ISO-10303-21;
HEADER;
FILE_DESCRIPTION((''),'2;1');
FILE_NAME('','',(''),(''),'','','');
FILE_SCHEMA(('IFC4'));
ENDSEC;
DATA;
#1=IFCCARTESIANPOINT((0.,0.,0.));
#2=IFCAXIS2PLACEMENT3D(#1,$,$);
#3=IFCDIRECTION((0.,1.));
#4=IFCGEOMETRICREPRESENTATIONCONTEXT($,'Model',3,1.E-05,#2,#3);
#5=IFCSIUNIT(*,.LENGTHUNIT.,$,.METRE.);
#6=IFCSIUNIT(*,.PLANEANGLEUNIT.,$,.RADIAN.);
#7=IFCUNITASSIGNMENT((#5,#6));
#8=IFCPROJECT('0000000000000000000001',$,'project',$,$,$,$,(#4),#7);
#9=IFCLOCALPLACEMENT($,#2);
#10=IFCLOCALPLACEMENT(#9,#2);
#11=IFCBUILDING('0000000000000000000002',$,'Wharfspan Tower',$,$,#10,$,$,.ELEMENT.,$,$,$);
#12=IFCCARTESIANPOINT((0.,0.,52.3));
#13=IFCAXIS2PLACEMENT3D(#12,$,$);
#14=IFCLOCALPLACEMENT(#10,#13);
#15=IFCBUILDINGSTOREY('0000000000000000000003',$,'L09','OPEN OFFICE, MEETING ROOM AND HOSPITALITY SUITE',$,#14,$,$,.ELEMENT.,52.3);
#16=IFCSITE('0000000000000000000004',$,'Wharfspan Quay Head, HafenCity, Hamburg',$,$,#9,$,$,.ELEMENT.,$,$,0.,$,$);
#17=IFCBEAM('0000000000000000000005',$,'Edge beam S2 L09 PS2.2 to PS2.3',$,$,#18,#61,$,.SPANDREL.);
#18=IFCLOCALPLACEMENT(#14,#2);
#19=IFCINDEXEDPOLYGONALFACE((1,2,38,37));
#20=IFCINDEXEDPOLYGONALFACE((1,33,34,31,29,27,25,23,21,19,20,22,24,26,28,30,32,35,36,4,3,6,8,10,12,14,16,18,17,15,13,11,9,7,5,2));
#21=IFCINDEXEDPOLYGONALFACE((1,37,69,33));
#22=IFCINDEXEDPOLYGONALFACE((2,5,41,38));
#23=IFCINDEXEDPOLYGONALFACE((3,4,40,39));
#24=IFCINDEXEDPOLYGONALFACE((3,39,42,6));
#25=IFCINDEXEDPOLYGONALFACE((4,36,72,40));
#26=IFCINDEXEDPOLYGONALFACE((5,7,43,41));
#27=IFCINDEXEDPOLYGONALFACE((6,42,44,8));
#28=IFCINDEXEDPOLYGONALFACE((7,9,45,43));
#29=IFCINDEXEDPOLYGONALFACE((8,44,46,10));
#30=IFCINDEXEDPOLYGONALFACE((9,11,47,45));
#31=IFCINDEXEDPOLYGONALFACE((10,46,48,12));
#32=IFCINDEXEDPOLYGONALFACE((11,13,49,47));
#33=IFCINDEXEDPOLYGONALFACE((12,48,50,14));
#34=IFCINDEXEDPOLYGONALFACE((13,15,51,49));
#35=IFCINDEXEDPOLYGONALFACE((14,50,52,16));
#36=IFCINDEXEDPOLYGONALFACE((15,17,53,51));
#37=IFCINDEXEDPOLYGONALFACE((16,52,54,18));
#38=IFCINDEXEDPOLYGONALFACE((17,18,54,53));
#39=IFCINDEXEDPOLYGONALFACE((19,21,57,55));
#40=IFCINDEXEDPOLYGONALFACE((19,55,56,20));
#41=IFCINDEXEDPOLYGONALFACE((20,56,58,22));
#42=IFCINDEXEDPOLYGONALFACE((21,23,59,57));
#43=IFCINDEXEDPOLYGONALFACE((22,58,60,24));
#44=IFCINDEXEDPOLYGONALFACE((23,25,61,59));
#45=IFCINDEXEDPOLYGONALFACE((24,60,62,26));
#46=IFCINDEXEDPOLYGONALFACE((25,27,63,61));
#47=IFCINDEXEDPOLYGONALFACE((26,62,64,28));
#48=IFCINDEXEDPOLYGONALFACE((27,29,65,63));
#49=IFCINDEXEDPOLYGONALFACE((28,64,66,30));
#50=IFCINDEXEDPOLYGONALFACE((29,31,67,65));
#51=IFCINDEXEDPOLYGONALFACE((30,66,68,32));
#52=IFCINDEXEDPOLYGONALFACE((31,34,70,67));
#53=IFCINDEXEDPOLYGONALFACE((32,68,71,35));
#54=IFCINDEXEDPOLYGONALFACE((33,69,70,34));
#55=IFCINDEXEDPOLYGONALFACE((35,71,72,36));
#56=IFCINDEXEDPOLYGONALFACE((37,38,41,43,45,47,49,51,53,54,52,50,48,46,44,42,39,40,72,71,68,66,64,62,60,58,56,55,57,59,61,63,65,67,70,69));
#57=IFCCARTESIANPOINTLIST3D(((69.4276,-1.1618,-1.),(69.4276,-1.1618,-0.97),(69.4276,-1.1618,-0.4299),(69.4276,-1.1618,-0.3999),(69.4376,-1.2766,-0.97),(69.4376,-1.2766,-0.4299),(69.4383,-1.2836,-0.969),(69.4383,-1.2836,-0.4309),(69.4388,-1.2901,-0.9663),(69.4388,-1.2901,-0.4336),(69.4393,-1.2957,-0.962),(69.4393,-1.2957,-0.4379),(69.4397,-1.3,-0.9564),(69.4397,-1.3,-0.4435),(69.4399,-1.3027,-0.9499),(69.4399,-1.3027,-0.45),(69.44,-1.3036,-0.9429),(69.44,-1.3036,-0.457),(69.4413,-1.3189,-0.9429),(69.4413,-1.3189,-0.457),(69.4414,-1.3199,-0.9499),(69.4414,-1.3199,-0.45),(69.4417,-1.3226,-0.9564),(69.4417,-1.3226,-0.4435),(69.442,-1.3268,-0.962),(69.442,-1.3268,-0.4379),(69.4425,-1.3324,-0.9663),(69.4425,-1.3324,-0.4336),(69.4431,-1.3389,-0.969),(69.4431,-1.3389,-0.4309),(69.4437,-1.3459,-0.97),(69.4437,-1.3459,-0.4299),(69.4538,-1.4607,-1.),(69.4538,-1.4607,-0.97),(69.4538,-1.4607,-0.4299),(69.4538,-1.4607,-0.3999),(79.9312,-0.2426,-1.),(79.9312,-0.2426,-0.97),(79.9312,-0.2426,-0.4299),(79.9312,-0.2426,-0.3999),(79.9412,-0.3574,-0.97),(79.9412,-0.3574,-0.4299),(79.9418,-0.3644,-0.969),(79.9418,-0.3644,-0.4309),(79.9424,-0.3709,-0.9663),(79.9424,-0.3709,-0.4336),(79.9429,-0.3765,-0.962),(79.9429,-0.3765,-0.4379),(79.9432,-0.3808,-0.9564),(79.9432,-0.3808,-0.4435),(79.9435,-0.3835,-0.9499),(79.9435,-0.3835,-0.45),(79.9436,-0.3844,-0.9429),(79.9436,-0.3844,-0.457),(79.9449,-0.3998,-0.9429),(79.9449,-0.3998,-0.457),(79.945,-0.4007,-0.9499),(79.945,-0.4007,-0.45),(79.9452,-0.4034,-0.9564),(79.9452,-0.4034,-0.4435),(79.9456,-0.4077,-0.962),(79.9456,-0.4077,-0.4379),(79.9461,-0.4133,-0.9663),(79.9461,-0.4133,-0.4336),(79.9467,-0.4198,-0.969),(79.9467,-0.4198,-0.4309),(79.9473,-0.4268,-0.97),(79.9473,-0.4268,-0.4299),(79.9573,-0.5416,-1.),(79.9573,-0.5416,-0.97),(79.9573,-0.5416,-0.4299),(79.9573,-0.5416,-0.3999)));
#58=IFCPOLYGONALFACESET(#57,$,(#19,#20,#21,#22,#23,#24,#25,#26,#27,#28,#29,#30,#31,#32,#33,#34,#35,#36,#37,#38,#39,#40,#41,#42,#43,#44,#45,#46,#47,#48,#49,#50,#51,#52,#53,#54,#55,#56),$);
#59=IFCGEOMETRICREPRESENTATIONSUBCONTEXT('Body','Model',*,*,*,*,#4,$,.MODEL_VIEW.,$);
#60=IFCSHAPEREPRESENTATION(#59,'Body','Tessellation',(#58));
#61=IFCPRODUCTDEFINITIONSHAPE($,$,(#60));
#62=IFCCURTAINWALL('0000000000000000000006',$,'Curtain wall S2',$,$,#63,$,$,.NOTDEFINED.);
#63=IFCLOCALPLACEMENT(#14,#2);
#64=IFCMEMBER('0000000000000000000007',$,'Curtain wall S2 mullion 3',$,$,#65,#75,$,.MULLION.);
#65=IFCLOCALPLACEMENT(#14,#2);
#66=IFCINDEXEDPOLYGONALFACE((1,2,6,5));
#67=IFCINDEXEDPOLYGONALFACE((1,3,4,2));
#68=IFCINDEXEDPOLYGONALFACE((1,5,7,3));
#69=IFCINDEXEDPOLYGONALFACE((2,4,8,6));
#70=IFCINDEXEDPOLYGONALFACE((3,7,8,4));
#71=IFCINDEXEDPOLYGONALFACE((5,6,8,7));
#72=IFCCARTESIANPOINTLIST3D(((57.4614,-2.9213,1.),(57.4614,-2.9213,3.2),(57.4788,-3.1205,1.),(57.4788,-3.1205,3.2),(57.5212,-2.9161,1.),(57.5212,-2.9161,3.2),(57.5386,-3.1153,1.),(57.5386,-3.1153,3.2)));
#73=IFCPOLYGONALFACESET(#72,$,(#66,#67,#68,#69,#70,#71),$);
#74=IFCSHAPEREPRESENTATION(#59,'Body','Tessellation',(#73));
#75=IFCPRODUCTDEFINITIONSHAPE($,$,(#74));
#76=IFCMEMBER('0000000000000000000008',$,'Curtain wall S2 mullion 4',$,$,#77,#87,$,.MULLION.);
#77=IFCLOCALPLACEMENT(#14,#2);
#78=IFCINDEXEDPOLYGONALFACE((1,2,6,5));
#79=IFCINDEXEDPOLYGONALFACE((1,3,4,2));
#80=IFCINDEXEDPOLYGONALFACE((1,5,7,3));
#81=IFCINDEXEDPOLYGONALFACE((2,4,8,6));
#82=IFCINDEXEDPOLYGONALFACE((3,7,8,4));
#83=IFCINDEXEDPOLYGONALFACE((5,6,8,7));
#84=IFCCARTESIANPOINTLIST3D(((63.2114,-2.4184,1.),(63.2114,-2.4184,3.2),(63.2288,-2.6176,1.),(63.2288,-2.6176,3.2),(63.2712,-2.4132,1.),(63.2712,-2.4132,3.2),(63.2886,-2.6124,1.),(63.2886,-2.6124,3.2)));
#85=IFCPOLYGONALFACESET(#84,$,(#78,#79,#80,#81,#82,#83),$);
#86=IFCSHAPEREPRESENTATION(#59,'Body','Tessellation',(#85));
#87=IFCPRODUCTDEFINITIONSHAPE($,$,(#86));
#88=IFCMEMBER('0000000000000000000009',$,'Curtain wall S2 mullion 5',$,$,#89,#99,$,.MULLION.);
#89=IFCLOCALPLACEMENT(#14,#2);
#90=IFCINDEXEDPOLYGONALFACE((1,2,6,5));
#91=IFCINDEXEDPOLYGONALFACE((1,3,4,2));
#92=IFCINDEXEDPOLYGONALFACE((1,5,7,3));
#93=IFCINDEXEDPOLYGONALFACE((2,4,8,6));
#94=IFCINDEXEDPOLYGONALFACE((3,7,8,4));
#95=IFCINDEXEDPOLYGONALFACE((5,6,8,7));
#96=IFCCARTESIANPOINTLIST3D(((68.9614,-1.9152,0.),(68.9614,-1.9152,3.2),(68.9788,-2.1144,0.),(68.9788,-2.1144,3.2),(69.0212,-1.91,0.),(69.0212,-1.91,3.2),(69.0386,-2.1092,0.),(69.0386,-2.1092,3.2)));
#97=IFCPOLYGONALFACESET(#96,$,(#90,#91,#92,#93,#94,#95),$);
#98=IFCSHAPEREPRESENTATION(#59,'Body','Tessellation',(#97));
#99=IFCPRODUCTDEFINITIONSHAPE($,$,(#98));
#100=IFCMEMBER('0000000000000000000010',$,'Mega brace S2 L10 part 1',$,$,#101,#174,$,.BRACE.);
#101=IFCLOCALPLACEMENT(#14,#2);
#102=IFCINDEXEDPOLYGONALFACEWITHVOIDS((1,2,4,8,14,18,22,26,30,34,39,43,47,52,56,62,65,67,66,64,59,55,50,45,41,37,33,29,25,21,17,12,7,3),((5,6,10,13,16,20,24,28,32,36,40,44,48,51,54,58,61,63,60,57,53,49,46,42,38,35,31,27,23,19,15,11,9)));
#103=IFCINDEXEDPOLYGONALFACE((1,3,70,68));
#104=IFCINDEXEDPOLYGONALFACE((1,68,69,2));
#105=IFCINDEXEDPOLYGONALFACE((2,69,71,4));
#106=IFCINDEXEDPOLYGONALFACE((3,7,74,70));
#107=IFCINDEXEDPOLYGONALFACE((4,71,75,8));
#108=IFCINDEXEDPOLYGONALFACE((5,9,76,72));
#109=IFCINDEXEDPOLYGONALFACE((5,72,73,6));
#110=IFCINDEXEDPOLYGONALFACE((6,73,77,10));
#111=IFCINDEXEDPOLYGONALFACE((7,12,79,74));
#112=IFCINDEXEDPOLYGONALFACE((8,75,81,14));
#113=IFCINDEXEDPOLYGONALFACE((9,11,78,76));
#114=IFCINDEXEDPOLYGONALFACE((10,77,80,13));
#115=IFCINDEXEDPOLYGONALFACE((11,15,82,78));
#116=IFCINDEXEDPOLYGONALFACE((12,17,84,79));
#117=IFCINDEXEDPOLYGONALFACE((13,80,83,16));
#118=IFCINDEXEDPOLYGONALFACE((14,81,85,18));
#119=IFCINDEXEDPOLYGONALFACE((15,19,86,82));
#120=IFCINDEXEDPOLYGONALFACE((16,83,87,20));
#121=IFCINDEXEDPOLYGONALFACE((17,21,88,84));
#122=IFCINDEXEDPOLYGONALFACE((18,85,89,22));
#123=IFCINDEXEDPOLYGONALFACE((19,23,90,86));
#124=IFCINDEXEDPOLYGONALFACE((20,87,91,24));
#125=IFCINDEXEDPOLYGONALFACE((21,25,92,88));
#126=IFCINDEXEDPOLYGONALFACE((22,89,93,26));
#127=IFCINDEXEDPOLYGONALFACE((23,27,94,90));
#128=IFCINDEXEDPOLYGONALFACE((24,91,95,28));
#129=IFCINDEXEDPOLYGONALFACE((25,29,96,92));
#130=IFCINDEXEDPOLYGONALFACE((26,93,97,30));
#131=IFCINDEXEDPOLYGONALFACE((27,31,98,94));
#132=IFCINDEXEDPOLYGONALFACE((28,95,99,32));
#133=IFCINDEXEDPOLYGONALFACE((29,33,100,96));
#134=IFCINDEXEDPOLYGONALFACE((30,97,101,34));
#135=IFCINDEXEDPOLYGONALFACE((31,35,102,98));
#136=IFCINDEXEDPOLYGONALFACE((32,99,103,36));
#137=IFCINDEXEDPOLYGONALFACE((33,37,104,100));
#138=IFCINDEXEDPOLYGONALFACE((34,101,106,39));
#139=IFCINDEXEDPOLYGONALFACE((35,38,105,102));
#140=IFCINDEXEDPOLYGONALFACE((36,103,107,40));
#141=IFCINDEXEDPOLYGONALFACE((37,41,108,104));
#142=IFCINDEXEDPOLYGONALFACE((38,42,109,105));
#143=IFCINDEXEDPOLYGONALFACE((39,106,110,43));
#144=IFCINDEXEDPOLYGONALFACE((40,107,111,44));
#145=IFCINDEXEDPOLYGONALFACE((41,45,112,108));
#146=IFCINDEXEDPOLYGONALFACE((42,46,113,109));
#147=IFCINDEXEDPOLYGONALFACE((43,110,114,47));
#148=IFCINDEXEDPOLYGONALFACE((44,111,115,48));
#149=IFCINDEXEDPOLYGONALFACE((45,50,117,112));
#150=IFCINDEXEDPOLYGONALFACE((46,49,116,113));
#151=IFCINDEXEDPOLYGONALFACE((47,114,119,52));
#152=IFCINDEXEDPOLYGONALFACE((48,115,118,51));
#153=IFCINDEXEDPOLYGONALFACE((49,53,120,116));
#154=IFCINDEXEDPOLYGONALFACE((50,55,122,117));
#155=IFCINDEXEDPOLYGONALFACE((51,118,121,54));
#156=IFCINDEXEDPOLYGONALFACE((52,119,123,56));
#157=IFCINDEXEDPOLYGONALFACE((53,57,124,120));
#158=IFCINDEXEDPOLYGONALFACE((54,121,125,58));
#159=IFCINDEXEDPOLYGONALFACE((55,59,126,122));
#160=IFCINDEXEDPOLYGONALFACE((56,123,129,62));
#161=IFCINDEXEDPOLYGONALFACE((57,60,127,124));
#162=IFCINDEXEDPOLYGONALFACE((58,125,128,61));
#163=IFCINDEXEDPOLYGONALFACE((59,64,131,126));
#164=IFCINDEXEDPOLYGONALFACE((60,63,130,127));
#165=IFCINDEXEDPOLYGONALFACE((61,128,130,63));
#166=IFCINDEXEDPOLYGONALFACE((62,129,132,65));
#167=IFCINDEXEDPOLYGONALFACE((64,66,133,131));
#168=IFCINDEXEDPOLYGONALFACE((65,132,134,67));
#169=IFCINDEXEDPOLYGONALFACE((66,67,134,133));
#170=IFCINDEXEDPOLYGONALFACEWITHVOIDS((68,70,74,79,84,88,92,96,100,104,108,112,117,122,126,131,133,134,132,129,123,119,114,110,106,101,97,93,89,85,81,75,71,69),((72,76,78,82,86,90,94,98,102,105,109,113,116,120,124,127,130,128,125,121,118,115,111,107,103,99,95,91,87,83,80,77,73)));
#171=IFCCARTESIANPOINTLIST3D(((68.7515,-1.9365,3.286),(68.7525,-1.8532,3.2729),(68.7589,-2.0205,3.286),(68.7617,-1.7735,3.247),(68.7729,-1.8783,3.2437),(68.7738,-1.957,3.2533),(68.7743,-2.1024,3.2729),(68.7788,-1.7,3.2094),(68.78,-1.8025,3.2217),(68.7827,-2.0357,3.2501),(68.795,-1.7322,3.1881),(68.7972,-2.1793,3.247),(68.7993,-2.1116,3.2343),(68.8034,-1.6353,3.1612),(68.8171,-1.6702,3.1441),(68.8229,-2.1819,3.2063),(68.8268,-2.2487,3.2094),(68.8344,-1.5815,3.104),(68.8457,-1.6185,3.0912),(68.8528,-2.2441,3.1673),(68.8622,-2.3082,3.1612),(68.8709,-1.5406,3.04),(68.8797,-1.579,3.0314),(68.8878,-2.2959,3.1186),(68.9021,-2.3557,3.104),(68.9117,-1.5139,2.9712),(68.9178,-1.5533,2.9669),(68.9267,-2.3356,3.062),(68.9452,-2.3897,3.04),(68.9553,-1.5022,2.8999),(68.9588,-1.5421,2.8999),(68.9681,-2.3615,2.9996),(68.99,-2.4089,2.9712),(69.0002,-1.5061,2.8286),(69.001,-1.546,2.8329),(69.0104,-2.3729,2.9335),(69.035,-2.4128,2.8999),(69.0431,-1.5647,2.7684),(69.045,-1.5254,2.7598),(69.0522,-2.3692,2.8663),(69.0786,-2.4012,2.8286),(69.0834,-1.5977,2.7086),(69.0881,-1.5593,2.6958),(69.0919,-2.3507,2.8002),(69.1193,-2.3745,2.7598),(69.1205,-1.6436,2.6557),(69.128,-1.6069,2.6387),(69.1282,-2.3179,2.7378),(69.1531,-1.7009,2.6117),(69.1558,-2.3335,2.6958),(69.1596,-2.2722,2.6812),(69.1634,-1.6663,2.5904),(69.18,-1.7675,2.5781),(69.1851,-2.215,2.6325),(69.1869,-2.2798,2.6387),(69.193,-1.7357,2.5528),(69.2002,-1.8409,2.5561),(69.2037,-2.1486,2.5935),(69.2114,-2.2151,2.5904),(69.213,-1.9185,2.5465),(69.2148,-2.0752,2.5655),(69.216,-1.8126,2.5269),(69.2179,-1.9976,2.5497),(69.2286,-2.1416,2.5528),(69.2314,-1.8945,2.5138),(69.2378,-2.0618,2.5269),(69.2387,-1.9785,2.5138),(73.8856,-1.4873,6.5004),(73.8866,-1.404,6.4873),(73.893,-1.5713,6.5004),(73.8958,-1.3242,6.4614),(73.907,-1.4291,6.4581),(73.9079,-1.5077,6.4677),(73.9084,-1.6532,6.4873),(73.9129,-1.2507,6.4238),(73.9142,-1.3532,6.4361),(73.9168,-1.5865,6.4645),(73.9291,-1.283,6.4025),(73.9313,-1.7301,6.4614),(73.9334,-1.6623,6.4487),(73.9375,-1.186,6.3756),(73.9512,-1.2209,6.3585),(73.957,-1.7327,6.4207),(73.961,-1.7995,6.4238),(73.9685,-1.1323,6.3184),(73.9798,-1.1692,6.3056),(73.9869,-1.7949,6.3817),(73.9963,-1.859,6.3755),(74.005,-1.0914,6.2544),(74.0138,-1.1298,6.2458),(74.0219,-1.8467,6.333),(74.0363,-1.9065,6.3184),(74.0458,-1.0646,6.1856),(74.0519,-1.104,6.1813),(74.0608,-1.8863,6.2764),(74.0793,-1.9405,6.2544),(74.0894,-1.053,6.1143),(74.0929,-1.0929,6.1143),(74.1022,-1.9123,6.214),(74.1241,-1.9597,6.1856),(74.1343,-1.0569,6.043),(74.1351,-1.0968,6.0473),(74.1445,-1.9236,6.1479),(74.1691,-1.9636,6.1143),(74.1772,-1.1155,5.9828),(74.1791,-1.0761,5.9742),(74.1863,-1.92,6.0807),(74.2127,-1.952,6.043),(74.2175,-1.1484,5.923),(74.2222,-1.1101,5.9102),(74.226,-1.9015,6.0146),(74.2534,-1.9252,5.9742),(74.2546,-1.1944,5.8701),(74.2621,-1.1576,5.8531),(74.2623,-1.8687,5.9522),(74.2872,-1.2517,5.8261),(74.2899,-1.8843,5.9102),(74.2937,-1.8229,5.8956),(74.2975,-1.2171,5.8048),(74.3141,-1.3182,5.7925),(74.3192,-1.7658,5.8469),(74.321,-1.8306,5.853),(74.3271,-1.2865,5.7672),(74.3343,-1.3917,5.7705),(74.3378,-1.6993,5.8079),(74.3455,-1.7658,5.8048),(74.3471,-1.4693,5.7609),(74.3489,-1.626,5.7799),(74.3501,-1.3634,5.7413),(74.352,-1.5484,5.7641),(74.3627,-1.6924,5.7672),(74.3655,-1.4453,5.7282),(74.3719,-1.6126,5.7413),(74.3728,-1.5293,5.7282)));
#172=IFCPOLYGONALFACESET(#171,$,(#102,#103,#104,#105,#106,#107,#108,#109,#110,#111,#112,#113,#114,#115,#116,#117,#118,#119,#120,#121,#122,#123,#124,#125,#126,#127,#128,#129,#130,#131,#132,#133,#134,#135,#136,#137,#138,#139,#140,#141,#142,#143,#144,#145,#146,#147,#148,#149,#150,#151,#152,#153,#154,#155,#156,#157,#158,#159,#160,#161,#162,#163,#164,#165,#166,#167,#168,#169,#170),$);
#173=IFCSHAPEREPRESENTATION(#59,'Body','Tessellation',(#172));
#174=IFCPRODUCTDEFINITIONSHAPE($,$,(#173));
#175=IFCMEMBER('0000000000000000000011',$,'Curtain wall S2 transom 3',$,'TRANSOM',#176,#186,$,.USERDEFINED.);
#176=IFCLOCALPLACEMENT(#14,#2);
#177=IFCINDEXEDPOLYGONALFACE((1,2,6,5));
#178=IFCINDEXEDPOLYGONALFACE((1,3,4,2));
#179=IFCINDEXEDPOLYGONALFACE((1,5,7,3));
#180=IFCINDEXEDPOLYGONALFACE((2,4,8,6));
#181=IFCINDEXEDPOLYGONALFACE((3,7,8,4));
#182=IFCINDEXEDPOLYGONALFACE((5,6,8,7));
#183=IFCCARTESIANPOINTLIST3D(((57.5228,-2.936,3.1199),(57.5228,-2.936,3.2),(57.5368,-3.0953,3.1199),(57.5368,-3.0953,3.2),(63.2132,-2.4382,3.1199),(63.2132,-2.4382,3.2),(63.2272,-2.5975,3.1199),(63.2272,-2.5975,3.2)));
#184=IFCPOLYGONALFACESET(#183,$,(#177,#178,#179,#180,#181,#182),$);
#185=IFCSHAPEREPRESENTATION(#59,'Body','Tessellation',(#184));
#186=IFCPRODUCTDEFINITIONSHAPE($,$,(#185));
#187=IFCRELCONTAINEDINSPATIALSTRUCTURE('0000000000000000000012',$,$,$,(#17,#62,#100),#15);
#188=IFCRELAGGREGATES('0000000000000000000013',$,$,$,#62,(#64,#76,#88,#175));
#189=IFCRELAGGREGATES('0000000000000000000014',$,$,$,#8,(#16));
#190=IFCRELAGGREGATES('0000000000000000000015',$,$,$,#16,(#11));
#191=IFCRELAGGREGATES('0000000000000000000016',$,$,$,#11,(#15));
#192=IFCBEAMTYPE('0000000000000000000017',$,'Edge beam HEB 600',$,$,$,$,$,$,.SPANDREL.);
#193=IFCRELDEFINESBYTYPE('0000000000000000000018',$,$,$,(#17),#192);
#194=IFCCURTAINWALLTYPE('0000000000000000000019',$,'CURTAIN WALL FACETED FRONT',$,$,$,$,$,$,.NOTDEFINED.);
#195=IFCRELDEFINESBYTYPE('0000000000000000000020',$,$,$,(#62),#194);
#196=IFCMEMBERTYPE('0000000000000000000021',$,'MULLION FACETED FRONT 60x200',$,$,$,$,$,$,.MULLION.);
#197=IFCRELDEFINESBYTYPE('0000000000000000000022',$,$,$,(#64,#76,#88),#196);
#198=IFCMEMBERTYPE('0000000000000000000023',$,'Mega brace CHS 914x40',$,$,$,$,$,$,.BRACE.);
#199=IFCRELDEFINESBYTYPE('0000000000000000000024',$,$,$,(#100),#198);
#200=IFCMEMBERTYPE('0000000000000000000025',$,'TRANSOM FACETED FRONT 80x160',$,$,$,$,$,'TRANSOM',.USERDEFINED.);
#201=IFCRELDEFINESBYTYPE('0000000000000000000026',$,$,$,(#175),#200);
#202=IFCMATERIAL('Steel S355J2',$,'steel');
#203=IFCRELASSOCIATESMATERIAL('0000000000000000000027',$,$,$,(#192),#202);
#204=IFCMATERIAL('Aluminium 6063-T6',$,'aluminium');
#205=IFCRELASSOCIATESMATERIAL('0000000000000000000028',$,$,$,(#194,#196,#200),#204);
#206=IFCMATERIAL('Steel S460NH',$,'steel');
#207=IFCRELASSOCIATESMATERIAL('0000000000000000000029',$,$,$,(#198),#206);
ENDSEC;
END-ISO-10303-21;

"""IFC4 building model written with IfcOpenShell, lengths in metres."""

from ifc_helpers import new_model, si_unit, direction, frame, origin, origin_2d, place, context, subcontext, project, spatial, rectangle, hollow_circle, i_section, extrude, material, material_profile, profile_set, type_object, element, aggregate, save


model = new_model("IFC4")

# Units and contexts
model_context = context("Model", 3, precision=1e-05, world=origin(), true_north=direction((0.0, 1.0)))
body_context = subcontext(model_context, "Body", "Model", "MODEL_VIEW")
ifc_project = project(units=[si_unit("LENGTHUNIT", "METRE"), si_unit("PLANEANGLEUNIT", "RADIAN")], contexts=[model_context])

# Site, building, storey
site_placement = place(None, origin())
site = spatial("IfcSite", under=ifc_project, at=site_placement, Name="Wharfspan Quay Head, HafenCity, Hamburg", CompositionType="ELEMENT", RefElevation=0.0)
building_placement = place(site_placement, origin())
building = spatial("IfcBuilding", under=site, at=building_placement, Name="Wharfspan Tower", CompositionType="ELEMENT")
storey_placement = place(building_placement, frame((0.0, 0.0, 52.3)))
storey = spatial("IfcBuildingStorey", under=building, at=storey_placement, Name="L09", Description="OPEN OFFICE, MEETING ROOM AND HOSPITALITY SUITE", CompositionType="ELEMENT", Elevation=52.3)

# Shared definitions
ifc_material_1 = material(Name="Steel S355J2", Category="steel")

# Beam
ifc_material_profile_1 = material_profile(ifc_material_1, i_section(OverallWidth=0.3, OverallDepth=0.6001, WebThickness=0.0154, FlangeThickness=0.03, FilletRadius=0.0271, at=origin_2d()))
ifc_profile_set_1 = profile_set([ifc_material_profile_1], Name="Steel S355J2")
beam_type = type_object("IfcBeamType", Name="Edge beam HEB 600", PredefinedType="SPANDREL", material=ifc_profile_set_1)
for number, where, z_axis, x_axis, name in (
    (1, (69.4407, -1.3113, -0.7), (0.996193, 0.087178, 0.0), (-0.087178, 0.996193, 0.0), "Edge beam S2 L09 PS2.2 to PS2.3"),
):
    element("IfcBeam", number, at=place(storey_placement, frame(where, z_axis=z_axis, x_axis=x_axis)), inside=storey, type_object=beam_type, Name=name, PredefinedType="SPANDREL", context=body_context, shape_type="SweptSolid", body=[
        extrude(i_section(OverallWidth=0.3, OverallDepth=0.6001, WebThickness=0.0154, FlangeThickness=0.03, FilletRadius=0.0271, at=origin_2d()), origin(), (0.0, 0.0, 1.0), 10.5437),
    ])

# Curtain wall, members
ifc_material_2 = material(Name="Aluminium 6063-T6", Category="aluminium")
curtain_wall_type = type_object("IfcCurtainWallType", Name="CURTAIN WALL FACETED FRONT", PredefinedType="NOTDEFINED", material=ifc_material_2)
curtain_wall_placement = place(storey_placement, origin())
curtain_wall = element("IfcCurtainWall", 2, at=curtain_wall_placement, inside=storey, type_object=curtain_wall_type, Name="Curtain wall S2", PredefinedType="NOTDEFINED")
ifc_material_profile_2 = material_profile(ifc_material_2, rectangle(XDim=0.2, YDim=0.0601, at=origin_2d()))
ifc_profile_set_2 = profile_set([ifc_material_profile_2], Name="Aluminium 6063-T6")
member_type_1 = type_object("IfcMemberType", Name="MULLION FACETED FRONT 60x200", PredefinedType="MULLION", material=ifc_profile_set_2)
member_1_placement = place(storey_placement, frame((57.5, -3.0183, 1.0), z_axis=(0.0, 0.0, 1.0), x_axis=(-0.087156, 0.996197, 0.0)))
member_1 = element("IfcMember", 3, at=member_1_placement, type_object=member_type_1, Name="Curtain wall S2 mullion 3", PredefinedType="MULLION", context=body_context, shape_type="SweptSolid", body=[
    extrude(rectangle(XDim=0.2, YDim=0.0601, at=origin_2d()), origin(), (0.0, 0.0, 1.0), 2.2),
])
member_2_placement = place(storey_placement, frame((63.25, -2.5154, 1.0), z_axis=(0.0, 0.0, 1.0), x_axis=(-0.087156, 0.996197, 0.0)))
member_2 = element("IfcMember", 4, at=member_2_placement, type_object=member_type_1, Name="Curtain wall S2 mullion 4", PredefinedType="MULLION", context=body_context, shape_type="SweptSolid", body=[
    extrude(rectangle(XDim=0.2, YDim=0.0601, at=origin_2d()), origin(), (0.0, 0.0, 1.0), 2.2),
])
member_3_placement = place(storey_placement, frame((69.0, -2.0122, 0.0), z_axis=(0.0, 0.0, 1.0), x_axis=(-0.087156, 0.996197, 0.0)))
member_3 = element("IfcMember", 5, at=member_3_placement, type_object=member_type_1, Name="Curtain wall S2 mullion 5", PredefinedType="MULLION", context=body_context, shape_type="SweptSolid", body=[
    extrude(rectangle(XDim=0.2, YDim=0.0601, at=origin_2d()), origin(), (0.0, 0.0, 1.0), 3.2),
])

# Members
ifc_material_3 = material(Name="Steel S460NH", Category="steel")
ifc_material_profile_3 = material_profile(ifc_material_3, hollow_circle(Radius=0.457, WallThickness=0.04, at=origin_2d()))
ifc_profile_set_3 = profile_set([ifc_material_profile_3], Name="Steel S460NH")
member_type_2 = type_object("IfcMemberType", Name="Mega brace CHS 914x40", PredefinedType="BRACE", material=ifc_profile_set_3)
member_4_placement = place(storey_placement, frame((68.9951, -1.9575, 2.8999), z_axis=(0.845262, 0.073959, 0.529208), x_axis=(-0.087167, 0.996192, 0.000003)))
element("IfcMember", 6, at=member_4_placement, inside=storey, type_object=member_type_2, Name="Mega brace S2 L10 part 1", PredefinedType="BRACE", context=body_context, shape_type="SweptSolid", body=[
    extrude(hollow_circle(Radius=0.457, WallThickness=0.04, at=origin_2d()), origin(), (0.0, 0.0, 1.0), 6.074),
])
ifc_material_profile_4 = material_profile(ifc_material_2, rectangle(XDim=0.1599, YDim=0.0801, at=origin_2d()))
ifc_profile_set_4 = profile_set([ifc_material_profile_4], Name="Aluminium 6063-T6")
member_type_3 = type_object("IfcMemberType", Name="TRANSOM FACETED FRONT 80x160", ElementType="TRANSOM", PredefinedType="USERDEFINED", material=ifc_profile_set_4)
member_5_placement = place(storey_placement, frame((57.5298, -3.0156, 3.1599), z_axis=(0.996195, 0.087148, 0.0), x_axis=(-0.087148, 0.996195, 0.0)))
member_5 = element("IfcMember", 7, at=member_5_placement, type_object=member_type_3, Name="Curtain wall S2 transom 3", ObjectType="TRANSOM", PredefinedType="USERDEFINED", context=body_context, shape_type="SweptSolid", body=[
    extrude(rectangle(XDim=0.1599, YDim=0.0801, at=origin_2d()), origin(), (0.0, 0.0, 1.0), 5.7122),
])

aggregate(curtain_wall, [member_1, member_2, member_3, member_5])

save(model, "model.ifc")
